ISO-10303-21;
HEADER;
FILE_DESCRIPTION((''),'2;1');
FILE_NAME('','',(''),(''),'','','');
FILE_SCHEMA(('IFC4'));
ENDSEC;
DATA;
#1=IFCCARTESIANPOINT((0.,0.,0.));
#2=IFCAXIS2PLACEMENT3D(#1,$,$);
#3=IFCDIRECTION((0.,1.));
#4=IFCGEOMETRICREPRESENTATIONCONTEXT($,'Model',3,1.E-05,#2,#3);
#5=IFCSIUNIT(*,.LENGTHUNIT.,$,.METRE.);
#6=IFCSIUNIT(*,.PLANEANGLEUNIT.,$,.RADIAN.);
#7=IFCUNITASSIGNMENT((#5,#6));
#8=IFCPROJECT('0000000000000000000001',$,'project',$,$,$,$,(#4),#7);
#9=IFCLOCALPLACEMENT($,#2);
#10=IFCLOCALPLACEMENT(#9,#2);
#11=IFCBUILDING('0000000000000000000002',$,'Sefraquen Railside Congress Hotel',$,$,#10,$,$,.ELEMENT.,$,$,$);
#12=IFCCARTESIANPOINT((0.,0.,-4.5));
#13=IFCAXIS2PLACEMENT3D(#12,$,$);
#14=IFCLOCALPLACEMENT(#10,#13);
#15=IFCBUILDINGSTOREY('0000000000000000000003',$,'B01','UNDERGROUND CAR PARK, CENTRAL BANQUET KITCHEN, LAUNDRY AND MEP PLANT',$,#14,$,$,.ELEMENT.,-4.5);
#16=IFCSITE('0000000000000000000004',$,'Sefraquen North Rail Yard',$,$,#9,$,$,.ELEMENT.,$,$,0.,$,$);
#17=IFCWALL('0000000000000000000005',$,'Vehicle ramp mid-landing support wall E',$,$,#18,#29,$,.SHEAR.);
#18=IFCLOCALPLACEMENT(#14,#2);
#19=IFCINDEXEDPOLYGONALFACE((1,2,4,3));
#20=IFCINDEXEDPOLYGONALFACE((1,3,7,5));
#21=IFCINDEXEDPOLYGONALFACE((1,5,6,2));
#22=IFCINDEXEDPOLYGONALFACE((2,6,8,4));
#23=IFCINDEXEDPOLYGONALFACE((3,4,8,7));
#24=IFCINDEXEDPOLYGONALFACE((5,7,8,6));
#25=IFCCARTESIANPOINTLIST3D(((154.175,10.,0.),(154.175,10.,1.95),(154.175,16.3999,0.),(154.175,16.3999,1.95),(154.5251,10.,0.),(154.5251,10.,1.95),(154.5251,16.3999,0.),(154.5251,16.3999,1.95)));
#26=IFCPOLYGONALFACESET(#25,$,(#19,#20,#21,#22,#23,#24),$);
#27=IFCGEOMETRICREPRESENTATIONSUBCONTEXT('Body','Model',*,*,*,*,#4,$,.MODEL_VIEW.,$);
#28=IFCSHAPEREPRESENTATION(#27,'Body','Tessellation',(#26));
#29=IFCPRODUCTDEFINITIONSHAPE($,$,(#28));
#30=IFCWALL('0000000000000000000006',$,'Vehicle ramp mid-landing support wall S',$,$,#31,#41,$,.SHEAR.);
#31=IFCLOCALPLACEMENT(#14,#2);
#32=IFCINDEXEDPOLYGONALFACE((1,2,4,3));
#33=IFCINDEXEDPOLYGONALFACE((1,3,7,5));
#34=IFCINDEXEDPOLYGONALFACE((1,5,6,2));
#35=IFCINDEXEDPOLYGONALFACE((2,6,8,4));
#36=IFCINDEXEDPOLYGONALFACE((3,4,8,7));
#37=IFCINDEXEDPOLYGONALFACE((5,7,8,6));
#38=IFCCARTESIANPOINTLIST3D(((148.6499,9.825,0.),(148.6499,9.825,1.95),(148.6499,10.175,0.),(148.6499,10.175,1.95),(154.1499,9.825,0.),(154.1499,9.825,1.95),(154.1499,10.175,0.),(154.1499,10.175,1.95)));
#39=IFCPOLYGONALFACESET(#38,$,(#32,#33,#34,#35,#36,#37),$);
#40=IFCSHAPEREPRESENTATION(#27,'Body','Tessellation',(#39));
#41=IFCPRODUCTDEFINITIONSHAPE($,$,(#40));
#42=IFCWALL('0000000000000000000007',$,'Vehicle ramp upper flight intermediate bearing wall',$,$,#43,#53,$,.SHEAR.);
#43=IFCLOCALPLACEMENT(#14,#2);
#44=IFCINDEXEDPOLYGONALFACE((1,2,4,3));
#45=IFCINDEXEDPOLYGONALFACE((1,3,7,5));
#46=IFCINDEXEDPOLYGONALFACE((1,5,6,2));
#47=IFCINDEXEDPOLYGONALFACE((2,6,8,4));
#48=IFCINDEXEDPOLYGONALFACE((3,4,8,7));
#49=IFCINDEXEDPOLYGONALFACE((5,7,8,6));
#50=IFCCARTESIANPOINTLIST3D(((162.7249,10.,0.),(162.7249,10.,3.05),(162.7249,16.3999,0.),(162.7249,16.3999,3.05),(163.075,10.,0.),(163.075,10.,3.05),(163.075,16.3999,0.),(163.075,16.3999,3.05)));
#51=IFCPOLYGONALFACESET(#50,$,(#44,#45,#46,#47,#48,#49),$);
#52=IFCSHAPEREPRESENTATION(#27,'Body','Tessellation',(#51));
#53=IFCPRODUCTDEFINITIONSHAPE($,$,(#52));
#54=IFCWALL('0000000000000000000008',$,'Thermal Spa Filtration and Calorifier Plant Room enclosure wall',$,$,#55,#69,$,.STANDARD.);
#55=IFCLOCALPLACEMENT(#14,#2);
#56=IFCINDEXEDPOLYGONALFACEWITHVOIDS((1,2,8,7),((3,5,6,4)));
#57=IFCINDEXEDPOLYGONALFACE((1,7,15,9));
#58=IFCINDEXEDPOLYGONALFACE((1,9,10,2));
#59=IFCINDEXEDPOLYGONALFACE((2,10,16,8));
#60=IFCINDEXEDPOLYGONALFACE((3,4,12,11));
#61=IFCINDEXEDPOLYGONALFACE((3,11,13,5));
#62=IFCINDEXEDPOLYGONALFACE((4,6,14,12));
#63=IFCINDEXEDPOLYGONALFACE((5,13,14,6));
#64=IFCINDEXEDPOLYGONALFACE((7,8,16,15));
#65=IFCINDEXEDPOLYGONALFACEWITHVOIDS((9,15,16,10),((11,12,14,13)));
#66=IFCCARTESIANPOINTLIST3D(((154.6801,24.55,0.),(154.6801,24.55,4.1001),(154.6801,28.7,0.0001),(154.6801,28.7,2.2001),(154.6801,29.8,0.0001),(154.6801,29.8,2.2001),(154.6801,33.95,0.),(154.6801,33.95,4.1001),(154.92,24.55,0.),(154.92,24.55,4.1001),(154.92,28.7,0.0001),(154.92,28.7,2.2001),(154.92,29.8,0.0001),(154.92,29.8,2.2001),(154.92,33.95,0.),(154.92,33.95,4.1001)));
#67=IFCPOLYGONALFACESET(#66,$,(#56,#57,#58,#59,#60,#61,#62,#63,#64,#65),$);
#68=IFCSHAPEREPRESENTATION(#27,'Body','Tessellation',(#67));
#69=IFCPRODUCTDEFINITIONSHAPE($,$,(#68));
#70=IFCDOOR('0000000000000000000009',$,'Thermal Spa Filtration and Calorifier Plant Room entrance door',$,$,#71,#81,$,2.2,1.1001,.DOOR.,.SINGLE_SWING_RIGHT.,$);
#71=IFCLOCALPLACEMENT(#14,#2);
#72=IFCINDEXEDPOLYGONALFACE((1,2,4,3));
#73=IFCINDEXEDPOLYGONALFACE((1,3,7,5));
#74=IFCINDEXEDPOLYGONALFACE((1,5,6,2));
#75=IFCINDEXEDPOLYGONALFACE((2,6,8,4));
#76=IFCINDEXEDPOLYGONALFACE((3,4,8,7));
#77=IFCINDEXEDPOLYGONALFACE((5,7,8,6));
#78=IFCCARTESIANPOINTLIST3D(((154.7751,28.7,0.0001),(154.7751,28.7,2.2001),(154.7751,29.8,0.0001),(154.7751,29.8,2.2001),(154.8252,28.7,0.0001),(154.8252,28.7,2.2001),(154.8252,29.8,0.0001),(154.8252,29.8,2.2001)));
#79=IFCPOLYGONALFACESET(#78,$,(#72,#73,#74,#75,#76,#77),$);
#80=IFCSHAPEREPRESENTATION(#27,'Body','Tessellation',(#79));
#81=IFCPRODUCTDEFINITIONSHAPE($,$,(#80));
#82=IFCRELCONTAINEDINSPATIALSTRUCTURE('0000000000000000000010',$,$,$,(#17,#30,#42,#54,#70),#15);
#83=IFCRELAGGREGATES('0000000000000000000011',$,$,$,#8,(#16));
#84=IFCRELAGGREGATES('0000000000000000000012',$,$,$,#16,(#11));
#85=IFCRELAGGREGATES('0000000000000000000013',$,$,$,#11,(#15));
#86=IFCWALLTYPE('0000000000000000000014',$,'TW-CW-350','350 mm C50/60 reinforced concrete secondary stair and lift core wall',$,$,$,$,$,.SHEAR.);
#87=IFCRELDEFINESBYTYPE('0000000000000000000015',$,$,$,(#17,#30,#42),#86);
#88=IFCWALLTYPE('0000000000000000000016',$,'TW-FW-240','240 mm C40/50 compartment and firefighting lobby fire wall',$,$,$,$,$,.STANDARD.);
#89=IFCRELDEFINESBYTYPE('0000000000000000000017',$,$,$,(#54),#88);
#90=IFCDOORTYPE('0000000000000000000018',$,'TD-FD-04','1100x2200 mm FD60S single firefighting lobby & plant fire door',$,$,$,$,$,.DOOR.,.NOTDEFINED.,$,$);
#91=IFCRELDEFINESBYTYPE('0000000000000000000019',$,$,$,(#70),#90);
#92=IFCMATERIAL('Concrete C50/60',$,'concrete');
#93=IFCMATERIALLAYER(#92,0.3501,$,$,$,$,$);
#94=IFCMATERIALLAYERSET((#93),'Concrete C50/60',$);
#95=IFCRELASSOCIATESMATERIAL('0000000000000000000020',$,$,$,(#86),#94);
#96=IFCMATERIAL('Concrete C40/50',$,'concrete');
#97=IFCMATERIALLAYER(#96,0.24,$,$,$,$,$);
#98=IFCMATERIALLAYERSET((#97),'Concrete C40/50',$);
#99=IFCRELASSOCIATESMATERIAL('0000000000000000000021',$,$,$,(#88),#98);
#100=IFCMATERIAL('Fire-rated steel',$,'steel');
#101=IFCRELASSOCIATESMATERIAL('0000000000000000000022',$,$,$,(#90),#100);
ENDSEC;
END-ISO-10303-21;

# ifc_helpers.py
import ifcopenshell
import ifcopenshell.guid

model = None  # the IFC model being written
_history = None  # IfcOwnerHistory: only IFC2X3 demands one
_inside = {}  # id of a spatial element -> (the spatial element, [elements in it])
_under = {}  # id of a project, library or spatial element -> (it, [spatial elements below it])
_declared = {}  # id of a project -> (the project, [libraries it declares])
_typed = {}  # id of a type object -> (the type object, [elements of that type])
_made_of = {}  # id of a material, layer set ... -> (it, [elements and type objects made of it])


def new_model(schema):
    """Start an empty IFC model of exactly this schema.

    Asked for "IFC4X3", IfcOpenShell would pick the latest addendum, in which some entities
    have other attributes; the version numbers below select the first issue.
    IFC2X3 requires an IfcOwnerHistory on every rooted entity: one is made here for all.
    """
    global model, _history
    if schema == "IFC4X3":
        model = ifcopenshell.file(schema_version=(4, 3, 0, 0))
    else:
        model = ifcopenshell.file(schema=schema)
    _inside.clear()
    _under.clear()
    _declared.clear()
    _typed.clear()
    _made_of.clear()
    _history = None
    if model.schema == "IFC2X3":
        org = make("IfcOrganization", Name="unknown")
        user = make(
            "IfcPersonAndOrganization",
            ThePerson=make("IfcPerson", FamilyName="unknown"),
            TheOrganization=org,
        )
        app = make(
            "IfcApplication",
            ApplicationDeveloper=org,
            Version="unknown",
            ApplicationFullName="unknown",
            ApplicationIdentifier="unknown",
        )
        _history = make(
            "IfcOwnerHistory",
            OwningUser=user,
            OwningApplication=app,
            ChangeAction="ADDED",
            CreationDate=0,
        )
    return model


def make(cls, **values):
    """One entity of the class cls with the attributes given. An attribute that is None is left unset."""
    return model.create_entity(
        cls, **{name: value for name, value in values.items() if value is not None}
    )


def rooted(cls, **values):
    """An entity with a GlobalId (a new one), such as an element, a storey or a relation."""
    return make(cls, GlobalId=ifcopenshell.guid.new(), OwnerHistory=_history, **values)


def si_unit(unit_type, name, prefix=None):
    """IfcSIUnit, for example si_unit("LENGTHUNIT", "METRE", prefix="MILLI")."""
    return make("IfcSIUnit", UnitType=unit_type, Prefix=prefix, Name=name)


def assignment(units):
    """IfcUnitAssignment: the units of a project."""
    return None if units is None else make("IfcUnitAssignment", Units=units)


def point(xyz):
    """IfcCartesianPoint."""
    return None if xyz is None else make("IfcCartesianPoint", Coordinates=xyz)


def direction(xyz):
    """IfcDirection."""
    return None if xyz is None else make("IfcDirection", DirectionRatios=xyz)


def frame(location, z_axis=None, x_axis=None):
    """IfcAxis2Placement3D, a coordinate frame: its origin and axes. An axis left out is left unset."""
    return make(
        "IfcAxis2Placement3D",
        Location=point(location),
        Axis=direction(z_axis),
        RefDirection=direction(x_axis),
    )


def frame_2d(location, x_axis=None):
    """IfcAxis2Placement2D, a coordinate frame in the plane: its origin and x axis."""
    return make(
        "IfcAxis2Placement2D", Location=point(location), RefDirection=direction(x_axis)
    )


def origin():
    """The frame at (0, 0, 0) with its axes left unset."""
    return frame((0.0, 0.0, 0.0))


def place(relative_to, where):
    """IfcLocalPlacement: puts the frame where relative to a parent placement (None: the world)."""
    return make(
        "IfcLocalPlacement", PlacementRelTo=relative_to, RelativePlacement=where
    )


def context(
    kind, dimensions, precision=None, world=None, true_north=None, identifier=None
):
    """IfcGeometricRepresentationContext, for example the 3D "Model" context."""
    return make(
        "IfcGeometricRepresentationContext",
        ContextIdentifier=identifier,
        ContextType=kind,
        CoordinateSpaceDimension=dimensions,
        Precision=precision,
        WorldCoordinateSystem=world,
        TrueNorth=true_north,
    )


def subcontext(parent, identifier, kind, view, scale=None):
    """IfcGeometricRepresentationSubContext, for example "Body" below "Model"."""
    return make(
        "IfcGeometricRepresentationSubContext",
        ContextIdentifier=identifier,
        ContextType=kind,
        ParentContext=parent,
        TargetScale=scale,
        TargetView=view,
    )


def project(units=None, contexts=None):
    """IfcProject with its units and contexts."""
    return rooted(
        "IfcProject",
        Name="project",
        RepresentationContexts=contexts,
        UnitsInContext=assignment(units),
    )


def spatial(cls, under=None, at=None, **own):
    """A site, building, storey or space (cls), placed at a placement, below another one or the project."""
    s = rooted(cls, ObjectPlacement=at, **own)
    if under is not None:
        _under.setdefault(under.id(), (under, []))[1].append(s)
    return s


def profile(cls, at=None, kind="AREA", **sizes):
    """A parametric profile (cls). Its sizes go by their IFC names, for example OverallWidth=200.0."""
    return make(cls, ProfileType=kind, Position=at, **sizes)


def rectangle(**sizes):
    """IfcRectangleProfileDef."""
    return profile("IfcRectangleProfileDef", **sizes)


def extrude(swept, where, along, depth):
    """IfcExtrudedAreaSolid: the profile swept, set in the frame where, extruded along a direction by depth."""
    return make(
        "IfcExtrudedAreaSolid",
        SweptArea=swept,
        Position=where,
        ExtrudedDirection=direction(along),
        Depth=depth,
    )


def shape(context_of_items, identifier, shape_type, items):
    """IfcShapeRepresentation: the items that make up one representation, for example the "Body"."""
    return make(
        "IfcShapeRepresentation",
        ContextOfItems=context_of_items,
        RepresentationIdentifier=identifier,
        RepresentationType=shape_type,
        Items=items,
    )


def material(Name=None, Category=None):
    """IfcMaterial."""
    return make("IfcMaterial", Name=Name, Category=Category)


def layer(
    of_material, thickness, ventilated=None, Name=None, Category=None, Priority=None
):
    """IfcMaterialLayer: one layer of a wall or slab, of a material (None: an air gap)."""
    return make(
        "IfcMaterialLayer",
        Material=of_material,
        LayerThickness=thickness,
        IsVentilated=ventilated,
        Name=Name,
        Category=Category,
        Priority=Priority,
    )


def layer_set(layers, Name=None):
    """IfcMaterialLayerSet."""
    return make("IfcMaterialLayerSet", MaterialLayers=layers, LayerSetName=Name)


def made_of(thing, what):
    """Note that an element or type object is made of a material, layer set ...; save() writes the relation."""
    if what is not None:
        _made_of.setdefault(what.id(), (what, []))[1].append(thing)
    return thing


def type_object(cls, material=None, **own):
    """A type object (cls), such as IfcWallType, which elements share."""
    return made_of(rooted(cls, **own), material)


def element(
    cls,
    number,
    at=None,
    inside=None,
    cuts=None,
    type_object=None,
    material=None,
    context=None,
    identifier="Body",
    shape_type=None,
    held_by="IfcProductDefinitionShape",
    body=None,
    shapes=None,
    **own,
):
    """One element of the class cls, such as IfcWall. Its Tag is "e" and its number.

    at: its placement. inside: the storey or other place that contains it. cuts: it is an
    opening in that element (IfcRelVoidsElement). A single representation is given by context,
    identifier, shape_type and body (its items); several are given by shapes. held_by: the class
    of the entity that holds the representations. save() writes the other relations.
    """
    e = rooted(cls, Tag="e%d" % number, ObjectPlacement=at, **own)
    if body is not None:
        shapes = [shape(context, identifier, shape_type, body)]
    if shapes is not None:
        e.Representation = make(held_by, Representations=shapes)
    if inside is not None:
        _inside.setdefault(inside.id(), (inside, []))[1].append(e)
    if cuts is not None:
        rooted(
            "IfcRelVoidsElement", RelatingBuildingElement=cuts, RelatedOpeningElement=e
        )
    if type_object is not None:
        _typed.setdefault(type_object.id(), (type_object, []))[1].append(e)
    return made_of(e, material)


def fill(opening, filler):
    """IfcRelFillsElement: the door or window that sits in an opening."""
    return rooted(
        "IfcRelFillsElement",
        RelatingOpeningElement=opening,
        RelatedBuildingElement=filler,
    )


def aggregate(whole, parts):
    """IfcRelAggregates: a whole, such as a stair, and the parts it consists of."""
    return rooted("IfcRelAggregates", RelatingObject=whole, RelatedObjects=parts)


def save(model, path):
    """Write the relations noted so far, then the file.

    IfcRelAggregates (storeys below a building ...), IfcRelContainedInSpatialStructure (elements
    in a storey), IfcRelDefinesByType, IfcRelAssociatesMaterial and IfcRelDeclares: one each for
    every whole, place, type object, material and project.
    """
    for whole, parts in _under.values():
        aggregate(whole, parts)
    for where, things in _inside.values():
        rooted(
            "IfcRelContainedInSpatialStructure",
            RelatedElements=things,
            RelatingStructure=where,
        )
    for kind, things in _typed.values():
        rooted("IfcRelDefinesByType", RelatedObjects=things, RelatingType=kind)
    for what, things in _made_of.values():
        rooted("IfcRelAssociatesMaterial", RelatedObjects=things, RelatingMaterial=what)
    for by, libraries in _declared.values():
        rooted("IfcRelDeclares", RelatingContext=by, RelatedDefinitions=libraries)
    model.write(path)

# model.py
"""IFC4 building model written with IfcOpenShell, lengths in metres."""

from ifc_helpers import new_model, si_unit, direction, frame, frame_2d, origin, place, context, subcontext, project, spatial, rectangle, extrude, material, layer, layer_set, type_object, element, fill, save


model = new_model("IFC4")

# Units and contexts
model_context = context("Model", 3, precision=1e-05, world=origin(), true_north=direction((0.0, 1.0)))
body_context = subcontext(model_context, "Body", "Model", "MODEL_VIEW")
ifc_project = project(units=[si_unit("LENGTHUNIT", "METRE"), si_unit("PLANEANGLEUNIT", "RADIAN")], contexts=[model_context])

# Site, building, storey
site_placement = place(None, origin())
site = spatial("IfcSite", under=ifc_project, at=site_placement, Name="Sefraquen North Rail Yard", CompositionType="ELEMENT", RefElevation=0.0)
building_placement = place(site_placement, origin())
building = spatial("IfcBuilding", under=site, at=building_placement, Name="Sefraquen Railside Congress Hotel", CompositionType="ELEMENT")
storey_placement = place(building_placement, frame((0.0, 0.0, -4.5)))
storey = spatial("IfcBuildingStorey", under=building, at=storey_placement, Name="B01", Description="UNDERGROUND CAR PARK, CENTRAL BANQUET KITCHEN, LAUNDRY AND MEP PLANT", CompositionType="ELEMENT", Elevation=-4.5)

# Shared definitions
ifc_material_1 = material(Name="Concrete C40/50", Category="concrete")

# Walls
ifc_material_2 = material(Name="Concrete C50/60", Category="concrete")
ifc_layer_1 = layer(ifc_material_2, 0.3501)
ifc_layer_set_1 = layer_set([ifc_layer_1], Name="Concrete C50/60")
wall_type_1 = type_object("IfcWallType", Name="TW-CW-350", Description="350 mm C50/60 reinforced concrete secondary stair and lift core wall", PredefinedType="SHEAR", material=ifc_layer_set_1)
for number, where, z_axis, x_axis, name in (
    (1, (154.3501, 10.0, 0.0), (0.0, 0.0, 1.0), (0.0, 1.0, 0.0), "Vehicle ramp mid-landing support wall E"),
):
    element("IfcWall", number, at=place(storey_placement, frame(where, z_axis=z_axis, x_axis=x_axis)), inside=storey, type_object=wall_type_1, Name=name, PredefinedType="SHEAR", context=body_context, shape_type="SweptSolid", body=[
        extrude(rectangle(XDim=6.3999, YDim=0.3501, at=frame_2d((3.2, 0.0))), origin(), (0.0, 0.0, 1.0), 1.95),
    ])
wall_1_placement = place(storey_placement, frame((148.6499, 10.0, 0.0), z_axis=(0.0, 0.0, 1.0), x_axis=(1.0, 0.0, 0.0)))
element("IfcWall", 2, at=wall_1_placement, inside=storey, type_object=wall_type_1, Name="Vehicle ramp mid-landing support wall S", PredefinedType="SHEAR", context=body_context, shape_type="SweptSolid", body=[
    extrude(rectangle(XDim=5.5, YDim=0.3501, at=frame_2d((2.75, 0.0))), origin(), (0.0, 0.0, 1.0), 1.95),
])
wall_2_placement = place(storey_placement, frame((162.8999, 10.0, 0.0), z_axis=(0.0, 0.0, 1.0), x_axis=(0.0, 1.0, 0.0)))
element("IfcWall", 3, at=wall_2_placement, inside=storey, type_object=wall_type_1, Name="Vehicle ramp upper flight intermediate bearing wall", PredefinedType="SHEAR", context=body_context, shape_type="SweptSolid", body=[
    extrude(rectangle(XDim=6.3999, YDim=0.3501, at=frame_2d((3.2, 0.0))), origin(), (0.0, 0.0, 1.0), 3.05),
])

# Wall, opening, door
ifc_layer_2 = layer(ifc_material_1, 0.24)
ifc_layer_set_2 = layer_set([ifc_layer_2], Name="Concrete C40/50")
wall_type_2 = type_object("IfcWallType", Name="TW-FW-240", Description="240 mm C40/50 compartment and firefighting lobby fire wall", PredefinedType="STANDARD", material=ifc_layer_set_2)
wall_3_placement = place(storey_placement, frame((154.8, 24.55, 0.0), z_axis=(0.0, 0.0, 1.0), x_axis=(0.0, 1.0, 0.0)))
wall_3 = element("IfcWall", 4, at=wall_3_placement, inside=storey, type_object=wall_type_2, Name="Thermal Spa Filtration and Calorifier Plant Room enclosure wall", PredefinedType="STANDARD", context=body_context, shape_type="SweptSolid", body=[
    extrude(rectangle(XDim=9.3999, YDim=0.24, at=frame_2d((4.7, 0.0))), origin(), (0.0, 0.0, 1.0), 4.1001),
])
opening_placement = place(wall_3_placement, frame((4.1499, 0.0, 0.0)))
opening = element("IfcOpeningElement", 5, at=opening_placement, cuts=wall_3, PredefinedType="OPENING", context=body_context, shape_type="SweptSolid", body=[
    extrude(rectangle(XDim=1.1001, YDim=2.2, at=frame_2d((0.55, 1.1001))), frame((0.0, 0.1299, 0.0), z_axis=(0.0, -1.0, 0.0), x_axis=(1.0, 0.0, 0.0)), (0.0, 0.0, 1.0), 0.26),
])
ifc_material_3 = material(Name="Fire-rated steel", Category="steel")
door_type = type_object("IfcDoorType", Name="TD-FD-04", Description="1100x2200 mm FD60S single firefighting lobby & plant fire door", OperationType="NOTDEFINED", PredefinedType="DOOR", material=ifc_material_3)
door_placement = place(opening_placement, origin())
door = element("IfcDoor", 6, at=door_placement, inside=storey, type_object=door_type, Name="Thermal Spa Filtration and Calorifier Plant Room entrance door", OperationType="SINGLE_SWING_RIGHT", OverallHeight=2.2, OverallWidth=1.1001, PredefinedType="DOOR", context=body_context, shape_type="SweptSolid", body=[
    extrude(rectangle(XDim=1.1001, YDim=2.2, at=frame_2d((0.55, 1.1001))), frame((0.0, 0.0249, 0.0), z_axis=(0.0, -1.0, 0.0), x_axis=(1.0, 0.0, 0.0)), (0.0, 0.0, 1.0), 0.05),
])
fill(opening, door)

save(model, "model.ifc")
